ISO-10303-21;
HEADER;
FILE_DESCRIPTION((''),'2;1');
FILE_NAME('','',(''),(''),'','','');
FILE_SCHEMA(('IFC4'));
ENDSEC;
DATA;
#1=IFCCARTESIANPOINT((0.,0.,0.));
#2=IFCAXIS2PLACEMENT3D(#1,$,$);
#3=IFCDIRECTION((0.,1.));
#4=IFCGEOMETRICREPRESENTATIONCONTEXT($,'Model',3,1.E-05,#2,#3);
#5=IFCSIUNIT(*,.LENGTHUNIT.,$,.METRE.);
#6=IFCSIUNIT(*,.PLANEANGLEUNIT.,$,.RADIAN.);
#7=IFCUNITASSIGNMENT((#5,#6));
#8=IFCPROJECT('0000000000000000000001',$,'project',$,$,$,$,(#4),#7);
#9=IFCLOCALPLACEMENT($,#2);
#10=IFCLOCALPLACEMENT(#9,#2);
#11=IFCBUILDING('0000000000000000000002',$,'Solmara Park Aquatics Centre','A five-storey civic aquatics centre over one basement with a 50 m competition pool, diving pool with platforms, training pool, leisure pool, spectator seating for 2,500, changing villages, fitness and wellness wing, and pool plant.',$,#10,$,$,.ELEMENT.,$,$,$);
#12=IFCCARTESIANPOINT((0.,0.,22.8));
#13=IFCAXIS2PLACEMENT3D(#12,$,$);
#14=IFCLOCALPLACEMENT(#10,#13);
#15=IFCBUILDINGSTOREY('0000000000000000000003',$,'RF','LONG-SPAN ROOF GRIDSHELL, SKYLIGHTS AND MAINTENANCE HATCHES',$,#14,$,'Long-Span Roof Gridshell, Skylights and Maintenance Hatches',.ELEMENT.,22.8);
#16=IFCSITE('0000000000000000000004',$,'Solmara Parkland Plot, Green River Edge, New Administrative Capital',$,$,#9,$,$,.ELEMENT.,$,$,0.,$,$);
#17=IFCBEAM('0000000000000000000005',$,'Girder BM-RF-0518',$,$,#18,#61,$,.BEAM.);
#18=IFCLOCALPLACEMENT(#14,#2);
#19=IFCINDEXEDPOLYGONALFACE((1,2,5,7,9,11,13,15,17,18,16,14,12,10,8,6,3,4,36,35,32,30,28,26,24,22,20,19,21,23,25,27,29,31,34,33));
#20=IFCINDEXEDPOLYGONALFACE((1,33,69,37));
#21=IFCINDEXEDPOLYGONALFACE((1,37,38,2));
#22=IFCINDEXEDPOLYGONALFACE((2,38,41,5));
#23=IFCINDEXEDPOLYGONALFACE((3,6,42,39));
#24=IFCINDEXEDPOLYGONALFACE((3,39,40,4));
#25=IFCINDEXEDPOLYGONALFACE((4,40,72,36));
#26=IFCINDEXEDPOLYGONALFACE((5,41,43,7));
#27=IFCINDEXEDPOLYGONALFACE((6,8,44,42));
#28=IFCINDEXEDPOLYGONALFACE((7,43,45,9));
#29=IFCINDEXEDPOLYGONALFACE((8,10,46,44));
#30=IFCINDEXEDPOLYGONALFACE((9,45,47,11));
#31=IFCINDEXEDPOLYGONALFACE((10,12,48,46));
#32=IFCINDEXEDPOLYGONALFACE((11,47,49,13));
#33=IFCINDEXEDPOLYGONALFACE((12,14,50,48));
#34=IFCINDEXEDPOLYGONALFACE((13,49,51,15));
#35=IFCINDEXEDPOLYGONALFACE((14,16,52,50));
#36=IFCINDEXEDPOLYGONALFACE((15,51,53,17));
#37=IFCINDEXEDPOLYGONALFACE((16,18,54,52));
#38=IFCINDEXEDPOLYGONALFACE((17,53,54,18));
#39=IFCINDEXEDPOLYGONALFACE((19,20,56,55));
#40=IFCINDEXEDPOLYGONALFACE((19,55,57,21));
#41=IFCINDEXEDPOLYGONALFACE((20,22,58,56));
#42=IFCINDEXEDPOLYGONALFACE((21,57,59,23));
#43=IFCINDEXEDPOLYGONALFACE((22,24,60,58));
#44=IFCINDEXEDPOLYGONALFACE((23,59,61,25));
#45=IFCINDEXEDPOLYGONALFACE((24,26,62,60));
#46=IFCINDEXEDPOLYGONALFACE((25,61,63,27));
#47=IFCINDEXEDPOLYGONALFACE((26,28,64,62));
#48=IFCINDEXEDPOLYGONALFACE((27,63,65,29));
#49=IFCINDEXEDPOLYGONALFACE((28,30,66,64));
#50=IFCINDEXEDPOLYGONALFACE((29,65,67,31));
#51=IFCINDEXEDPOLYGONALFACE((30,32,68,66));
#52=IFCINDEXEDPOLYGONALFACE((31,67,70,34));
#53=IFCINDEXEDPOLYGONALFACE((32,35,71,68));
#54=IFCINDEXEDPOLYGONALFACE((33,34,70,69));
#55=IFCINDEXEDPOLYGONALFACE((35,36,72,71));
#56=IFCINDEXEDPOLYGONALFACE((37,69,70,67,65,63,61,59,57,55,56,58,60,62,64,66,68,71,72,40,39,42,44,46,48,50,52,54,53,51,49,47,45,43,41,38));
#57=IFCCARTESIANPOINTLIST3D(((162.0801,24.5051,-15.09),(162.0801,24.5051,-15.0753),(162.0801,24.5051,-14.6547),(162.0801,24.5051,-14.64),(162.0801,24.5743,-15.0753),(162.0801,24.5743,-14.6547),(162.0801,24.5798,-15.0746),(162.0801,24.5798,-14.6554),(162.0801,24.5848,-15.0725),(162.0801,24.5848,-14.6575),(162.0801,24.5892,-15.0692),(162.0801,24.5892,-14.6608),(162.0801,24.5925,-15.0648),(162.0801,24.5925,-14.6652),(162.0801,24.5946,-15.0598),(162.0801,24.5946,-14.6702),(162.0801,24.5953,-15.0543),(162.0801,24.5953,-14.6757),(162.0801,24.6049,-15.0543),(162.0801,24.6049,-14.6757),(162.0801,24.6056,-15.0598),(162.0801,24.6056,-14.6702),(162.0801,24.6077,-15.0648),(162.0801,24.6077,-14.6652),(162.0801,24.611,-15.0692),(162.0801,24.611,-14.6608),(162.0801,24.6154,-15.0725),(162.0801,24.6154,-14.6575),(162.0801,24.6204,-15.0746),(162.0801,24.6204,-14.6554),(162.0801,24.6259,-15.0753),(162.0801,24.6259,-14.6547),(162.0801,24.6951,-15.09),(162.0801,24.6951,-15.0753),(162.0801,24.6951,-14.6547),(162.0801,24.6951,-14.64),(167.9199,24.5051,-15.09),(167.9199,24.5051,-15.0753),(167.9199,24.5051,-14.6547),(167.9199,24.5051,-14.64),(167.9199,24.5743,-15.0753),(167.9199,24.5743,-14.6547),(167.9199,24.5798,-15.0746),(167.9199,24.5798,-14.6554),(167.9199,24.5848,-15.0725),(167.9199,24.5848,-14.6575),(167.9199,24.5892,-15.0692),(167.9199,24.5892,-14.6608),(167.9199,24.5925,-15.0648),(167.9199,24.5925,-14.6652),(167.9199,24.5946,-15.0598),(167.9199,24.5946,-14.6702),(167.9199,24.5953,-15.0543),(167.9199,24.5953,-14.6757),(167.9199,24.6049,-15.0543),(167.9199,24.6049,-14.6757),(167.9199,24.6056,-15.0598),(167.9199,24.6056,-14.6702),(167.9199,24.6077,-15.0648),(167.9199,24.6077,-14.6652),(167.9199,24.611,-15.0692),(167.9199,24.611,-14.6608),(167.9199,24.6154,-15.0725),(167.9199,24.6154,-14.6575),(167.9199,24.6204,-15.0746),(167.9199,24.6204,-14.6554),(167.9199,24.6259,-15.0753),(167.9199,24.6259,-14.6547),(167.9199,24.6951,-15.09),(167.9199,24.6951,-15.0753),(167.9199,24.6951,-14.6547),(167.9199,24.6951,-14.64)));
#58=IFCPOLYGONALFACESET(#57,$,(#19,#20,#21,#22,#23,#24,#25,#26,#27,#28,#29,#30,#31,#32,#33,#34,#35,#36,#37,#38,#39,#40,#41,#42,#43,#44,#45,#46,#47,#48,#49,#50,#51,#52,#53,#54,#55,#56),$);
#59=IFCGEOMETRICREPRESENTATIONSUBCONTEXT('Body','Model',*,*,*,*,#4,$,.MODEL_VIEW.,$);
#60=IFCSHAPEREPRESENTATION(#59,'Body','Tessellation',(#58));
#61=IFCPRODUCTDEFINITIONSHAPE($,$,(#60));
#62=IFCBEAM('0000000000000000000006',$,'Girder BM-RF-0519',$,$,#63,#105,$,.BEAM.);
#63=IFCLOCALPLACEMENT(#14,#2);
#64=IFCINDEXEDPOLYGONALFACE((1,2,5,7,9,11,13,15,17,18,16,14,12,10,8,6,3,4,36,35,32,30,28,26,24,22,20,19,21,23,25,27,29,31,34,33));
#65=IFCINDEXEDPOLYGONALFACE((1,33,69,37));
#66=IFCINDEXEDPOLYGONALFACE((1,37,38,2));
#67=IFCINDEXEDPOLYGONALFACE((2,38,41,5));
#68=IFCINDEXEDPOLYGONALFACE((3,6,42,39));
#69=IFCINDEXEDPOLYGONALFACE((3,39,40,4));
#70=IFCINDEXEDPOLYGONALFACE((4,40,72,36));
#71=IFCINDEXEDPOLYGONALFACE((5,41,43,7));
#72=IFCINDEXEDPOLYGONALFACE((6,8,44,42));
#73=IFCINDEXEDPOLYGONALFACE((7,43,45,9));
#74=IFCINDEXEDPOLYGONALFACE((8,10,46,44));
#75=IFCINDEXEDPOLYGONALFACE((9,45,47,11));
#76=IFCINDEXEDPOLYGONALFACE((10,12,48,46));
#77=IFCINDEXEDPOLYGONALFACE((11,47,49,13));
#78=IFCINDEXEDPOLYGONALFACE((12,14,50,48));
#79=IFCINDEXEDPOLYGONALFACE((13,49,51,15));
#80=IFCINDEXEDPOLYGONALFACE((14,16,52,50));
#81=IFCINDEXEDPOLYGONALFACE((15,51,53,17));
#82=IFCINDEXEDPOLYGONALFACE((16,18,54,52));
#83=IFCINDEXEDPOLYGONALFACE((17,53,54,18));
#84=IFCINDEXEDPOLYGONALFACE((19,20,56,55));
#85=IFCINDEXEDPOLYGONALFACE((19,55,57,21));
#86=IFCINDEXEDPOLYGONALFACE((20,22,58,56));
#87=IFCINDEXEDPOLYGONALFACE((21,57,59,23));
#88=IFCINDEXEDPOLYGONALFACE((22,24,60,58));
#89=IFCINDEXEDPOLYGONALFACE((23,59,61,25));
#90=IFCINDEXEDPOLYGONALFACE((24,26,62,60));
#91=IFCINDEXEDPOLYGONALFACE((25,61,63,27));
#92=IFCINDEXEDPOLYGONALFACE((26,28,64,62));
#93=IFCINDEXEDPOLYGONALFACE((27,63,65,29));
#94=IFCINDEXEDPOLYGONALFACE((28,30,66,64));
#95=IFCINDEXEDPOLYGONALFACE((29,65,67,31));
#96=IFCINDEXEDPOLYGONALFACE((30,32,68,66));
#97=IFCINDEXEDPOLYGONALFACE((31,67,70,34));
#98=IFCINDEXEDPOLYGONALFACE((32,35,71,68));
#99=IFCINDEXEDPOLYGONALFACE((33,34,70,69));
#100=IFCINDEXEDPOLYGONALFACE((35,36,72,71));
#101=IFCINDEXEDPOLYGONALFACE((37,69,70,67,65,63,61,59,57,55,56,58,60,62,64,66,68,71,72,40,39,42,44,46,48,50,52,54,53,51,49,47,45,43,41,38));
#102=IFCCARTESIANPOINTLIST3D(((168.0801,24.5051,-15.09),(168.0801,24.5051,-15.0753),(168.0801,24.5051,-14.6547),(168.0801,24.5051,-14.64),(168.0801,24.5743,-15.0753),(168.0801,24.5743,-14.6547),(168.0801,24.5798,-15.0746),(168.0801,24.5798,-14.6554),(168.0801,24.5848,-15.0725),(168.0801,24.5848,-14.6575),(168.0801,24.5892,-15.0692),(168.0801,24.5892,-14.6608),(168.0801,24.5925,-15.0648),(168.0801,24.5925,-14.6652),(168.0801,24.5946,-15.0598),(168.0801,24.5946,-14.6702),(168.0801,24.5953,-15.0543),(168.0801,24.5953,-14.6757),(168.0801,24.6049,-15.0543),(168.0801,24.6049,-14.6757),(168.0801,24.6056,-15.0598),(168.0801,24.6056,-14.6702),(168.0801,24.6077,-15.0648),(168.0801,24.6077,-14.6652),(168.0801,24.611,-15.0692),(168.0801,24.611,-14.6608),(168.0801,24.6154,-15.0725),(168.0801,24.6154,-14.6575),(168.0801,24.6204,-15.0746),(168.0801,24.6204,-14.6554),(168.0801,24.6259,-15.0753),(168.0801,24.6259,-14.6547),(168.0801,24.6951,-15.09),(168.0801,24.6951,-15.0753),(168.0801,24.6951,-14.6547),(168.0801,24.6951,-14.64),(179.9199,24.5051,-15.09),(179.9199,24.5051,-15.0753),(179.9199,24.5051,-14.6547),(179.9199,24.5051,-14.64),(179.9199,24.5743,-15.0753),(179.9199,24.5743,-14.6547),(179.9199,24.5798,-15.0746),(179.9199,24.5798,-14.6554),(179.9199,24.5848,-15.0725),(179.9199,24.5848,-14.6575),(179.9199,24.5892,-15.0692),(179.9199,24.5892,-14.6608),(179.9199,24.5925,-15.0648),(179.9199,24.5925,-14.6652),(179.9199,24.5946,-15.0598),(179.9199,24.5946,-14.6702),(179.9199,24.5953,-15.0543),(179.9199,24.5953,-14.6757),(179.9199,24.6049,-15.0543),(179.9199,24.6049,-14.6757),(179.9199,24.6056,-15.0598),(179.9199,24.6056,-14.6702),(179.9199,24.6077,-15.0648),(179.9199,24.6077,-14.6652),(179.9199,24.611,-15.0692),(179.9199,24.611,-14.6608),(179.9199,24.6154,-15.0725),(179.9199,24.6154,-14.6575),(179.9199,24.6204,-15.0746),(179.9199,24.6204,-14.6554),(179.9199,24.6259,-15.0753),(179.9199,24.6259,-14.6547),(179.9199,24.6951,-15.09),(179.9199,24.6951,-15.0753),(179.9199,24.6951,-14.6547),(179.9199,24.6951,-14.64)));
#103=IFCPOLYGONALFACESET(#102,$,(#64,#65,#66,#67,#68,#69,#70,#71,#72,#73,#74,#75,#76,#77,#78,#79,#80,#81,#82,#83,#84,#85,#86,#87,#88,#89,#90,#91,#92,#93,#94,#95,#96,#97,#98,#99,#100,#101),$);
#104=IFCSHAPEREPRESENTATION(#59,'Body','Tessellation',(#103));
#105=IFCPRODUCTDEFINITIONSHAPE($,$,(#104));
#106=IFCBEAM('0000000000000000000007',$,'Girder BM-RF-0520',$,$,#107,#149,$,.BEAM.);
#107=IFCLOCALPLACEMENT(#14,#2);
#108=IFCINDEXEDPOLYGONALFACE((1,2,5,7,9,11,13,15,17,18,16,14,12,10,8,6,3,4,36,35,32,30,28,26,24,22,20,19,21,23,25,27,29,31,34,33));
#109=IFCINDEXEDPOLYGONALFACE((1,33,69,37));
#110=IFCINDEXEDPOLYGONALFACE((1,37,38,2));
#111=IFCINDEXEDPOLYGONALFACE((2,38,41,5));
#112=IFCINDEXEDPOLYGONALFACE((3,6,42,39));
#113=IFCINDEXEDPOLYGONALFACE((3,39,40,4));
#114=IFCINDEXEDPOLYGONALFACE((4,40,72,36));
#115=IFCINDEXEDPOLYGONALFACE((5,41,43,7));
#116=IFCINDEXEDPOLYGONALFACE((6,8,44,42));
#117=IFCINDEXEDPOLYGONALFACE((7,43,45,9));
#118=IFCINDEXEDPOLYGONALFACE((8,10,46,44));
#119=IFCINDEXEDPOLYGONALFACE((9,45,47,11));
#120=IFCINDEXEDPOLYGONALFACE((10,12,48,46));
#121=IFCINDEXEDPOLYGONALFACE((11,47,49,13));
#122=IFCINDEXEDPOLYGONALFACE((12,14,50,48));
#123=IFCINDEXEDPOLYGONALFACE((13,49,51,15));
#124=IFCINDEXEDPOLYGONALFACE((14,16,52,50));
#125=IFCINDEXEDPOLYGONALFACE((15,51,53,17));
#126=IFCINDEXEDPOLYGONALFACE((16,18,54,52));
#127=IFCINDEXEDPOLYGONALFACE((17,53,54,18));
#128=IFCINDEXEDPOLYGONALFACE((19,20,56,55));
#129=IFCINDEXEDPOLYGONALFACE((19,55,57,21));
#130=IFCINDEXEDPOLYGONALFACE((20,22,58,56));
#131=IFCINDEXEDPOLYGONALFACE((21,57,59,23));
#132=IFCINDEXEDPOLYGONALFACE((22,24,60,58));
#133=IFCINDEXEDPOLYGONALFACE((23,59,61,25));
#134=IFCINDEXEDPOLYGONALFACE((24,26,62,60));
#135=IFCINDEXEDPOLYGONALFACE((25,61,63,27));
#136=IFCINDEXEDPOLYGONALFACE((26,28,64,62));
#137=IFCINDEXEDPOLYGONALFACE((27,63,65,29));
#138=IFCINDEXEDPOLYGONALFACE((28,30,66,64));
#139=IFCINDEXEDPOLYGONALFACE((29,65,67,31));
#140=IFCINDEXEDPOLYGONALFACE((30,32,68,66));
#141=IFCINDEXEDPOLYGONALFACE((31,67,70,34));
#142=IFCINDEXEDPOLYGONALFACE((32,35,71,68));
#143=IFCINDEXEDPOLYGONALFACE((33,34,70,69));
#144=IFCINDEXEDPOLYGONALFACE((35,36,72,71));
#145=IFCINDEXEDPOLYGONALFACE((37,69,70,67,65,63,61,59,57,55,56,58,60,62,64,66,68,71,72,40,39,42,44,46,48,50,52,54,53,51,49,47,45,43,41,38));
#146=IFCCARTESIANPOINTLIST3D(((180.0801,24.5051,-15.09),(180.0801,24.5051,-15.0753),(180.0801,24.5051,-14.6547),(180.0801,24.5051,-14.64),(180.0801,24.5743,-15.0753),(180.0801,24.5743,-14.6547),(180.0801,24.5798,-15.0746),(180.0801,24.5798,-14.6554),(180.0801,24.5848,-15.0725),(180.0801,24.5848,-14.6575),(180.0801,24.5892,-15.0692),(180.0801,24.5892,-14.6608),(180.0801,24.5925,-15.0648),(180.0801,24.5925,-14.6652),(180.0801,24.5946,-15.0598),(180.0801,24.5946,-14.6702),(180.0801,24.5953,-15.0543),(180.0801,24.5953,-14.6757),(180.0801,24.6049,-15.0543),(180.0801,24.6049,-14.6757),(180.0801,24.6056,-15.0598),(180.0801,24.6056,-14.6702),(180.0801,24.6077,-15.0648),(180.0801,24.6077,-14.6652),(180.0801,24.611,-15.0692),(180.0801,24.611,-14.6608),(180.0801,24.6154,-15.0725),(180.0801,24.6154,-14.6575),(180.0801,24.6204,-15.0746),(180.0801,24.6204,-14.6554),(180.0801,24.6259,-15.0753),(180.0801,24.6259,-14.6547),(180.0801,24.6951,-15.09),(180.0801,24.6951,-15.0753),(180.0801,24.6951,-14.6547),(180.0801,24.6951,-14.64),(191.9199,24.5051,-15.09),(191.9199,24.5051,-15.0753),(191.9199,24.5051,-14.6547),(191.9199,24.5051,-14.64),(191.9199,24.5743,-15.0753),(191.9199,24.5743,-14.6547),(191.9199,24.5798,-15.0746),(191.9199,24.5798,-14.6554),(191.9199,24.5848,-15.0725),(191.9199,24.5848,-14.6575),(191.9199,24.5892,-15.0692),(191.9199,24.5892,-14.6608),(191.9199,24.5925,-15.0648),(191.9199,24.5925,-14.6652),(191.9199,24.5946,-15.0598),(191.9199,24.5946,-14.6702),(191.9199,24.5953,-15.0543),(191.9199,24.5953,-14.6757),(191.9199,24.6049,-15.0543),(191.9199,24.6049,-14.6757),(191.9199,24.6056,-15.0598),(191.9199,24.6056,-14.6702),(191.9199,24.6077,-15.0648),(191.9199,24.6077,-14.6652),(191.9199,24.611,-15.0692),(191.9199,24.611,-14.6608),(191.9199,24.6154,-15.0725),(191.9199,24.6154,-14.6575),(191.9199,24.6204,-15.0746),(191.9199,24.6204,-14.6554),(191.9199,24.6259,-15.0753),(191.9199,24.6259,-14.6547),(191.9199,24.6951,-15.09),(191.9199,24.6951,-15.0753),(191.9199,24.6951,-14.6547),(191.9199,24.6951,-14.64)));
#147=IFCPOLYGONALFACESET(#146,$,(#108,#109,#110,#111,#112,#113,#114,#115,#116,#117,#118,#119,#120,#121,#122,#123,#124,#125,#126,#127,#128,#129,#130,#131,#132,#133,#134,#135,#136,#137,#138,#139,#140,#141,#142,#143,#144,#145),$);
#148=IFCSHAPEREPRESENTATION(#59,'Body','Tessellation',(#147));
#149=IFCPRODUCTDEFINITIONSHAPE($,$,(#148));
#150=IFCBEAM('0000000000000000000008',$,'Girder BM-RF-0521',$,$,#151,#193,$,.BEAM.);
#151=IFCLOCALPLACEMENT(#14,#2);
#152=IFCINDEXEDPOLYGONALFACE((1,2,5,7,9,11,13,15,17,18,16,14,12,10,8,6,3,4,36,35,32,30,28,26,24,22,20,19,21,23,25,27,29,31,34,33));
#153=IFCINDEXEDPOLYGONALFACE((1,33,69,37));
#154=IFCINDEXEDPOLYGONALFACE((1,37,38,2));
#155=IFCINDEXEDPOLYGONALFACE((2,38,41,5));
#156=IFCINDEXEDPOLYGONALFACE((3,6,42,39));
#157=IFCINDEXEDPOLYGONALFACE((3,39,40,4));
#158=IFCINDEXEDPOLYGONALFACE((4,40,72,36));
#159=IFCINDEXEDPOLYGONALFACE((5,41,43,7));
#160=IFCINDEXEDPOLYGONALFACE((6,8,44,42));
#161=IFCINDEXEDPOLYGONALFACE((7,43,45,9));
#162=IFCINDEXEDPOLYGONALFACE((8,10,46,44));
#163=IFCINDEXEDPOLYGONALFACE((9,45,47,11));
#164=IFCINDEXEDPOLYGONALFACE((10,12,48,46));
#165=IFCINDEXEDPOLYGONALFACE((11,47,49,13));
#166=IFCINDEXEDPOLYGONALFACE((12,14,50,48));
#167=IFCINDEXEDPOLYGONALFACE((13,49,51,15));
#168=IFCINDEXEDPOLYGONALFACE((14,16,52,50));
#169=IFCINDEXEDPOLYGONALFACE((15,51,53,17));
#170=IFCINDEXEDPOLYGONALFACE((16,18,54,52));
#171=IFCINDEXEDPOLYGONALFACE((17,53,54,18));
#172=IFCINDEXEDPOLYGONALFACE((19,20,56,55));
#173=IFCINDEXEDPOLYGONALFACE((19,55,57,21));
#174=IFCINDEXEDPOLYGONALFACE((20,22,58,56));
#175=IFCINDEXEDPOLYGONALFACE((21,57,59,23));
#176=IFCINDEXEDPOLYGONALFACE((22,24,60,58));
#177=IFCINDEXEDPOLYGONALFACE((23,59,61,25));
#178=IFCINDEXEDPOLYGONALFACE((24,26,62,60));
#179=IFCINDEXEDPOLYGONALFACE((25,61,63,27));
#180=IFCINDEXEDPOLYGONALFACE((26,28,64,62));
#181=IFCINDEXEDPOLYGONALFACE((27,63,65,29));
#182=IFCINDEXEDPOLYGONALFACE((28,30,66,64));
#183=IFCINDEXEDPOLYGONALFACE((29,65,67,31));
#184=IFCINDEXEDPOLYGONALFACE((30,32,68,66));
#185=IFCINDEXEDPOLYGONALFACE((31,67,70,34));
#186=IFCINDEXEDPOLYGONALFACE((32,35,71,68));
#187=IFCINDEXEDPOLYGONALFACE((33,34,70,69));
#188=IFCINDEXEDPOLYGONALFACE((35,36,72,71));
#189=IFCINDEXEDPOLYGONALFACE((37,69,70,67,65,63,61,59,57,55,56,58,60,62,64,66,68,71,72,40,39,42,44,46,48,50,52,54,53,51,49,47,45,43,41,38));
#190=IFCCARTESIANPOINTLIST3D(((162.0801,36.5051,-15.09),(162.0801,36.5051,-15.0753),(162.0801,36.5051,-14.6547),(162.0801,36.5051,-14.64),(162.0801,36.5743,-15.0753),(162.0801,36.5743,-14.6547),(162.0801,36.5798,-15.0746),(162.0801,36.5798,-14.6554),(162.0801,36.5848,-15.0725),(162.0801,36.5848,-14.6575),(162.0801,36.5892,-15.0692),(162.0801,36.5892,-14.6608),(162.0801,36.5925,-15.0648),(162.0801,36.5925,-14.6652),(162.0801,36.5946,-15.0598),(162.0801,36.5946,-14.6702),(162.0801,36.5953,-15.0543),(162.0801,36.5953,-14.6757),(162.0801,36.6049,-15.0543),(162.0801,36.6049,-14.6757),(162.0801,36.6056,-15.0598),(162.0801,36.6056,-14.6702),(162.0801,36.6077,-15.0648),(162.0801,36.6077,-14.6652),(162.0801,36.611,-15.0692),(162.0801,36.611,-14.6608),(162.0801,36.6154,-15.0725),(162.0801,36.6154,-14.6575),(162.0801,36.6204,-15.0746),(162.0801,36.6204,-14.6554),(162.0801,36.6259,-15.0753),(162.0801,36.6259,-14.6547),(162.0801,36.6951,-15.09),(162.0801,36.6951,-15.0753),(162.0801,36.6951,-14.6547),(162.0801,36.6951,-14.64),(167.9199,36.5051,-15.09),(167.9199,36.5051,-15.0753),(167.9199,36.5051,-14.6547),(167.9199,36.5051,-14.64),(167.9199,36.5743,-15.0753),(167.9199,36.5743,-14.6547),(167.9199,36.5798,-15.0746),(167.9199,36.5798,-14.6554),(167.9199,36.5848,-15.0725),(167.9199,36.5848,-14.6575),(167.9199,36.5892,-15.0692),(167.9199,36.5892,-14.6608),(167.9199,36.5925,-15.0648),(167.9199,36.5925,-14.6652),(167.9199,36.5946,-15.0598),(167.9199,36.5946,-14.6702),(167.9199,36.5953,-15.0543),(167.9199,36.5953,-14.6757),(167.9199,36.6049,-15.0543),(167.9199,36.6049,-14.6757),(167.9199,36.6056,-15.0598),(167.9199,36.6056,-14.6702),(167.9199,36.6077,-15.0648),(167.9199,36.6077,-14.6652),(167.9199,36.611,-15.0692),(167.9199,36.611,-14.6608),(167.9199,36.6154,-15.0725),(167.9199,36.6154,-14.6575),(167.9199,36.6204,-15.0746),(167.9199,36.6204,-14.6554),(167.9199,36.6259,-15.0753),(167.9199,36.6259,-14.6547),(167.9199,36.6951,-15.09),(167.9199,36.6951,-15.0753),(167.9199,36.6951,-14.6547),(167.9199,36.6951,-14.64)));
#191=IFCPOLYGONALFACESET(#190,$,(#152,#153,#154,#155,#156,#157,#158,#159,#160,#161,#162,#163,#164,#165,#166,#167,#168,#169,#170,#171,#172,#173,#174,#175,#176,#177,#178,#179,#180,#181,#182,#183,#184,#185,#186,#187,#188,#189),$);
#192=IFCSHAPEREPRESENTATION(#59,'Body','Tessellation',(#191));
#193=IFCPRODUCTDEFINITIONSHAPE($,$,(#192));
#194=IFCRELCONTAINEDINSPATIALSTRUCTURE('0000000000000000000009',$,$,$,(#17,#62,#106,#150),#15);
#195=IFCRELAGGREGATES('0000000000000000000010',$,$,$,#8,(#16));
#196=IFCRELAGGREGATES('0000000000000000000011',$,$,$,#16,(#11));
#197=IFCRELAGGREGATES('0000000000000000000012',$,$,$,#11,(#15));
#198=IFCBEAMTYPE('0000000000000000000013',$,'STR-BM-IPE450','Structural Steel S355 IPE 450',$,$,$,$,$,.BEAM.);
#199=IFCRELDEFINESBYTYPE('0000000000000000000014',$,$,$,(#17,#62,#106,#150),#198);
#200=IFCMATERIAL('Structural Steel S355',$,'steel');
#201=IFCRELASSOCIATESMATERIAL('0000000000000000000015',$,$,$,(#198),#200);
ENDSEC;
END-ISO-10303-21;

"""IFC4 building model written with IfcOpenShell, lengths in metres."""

from ifc_helpers import new_model, si_unit, direction, frame, origin, origin_2d, place, context, subcontext, project, spatial, i_section, extrude, material, material_profile, profile_set, type_object, element, save


model = new_model("IFC4")

# Units and contexts
model_context = context("Model", 3, precision=1e-05, world=origin(), true_north=direction((0.0, 1.0)))
body_context = subcontext(model_context, "Body", "Model", "MODEL_VIEW")
ifc_project = project(units=[si_unit("LENGTHUNIT", "METRE"), si_unit("PLANEANGLEUNIT", "RADIAN")], contexts=[model_context])

# Site, building, storey
site_placement = place(None, origin())
site = spatial("IfcSite", under=ifc_project, at=site_placement, Name="Solmara Parkland Plot, Green River Edge, New Administrative Capital", CompositionType="ELEMENT", RefElevation=0.0)
building_placement = place(site_placement, origin())
building = spatial("IfcBuilding", under=site, at=building_placement, Name="Solmara Park Aquatics Centre", Description="A five-storey civic aquatics centre over one basement with a 50 m competition pool, diving pool with platforms, training pool, leisure pool, spectator seating for 2,500, changing villages, fitness and wellness wing, and pool plant.", CompositionType="ELEMENT")
storey_placement = place(building_placement, frame((0.0, 0.0, 22.8)))
storey = spatial("IfcBuildingStorey", under=building, at=storey_placement, Name="RF", Description="LONG-SPAN ROOF GRIDSHELL, SKYLIGHTS AND MAINTENANCE HATCHES", LongName="Long-Span Roof Gridshell, Skylights and Maintenance Hatches", CompositionType="ELEMENT", Elevation=22.8)

# Beams
ifc_material = material(Name="Structural Steel S355", Category="steel")
ifc_material_profile_1 = material_profile(ifc_material, i_section(OverallWidth=0.1899, OverallDepth=0.45, WebThickness=0.0095, FlangeThickness=0.0146, FilletRadius=0.021, at=origin_2d()), Name="IPE 450")
ifc_profile_set_1 = profile_set([ifc_material_profile_1], Name="Structural Steel S355")
beam_type_1 = type_object("IfcBeamType", Name="STR-BM-IPE450", Description="Structural Steel S355 IPE 450", PredefinedType="BEAM", material=ifc_profile_set_1)
beam_1_placement = place(storey_placement, frame((162.0801, 24.6001, -14.865), z_axis=(1.0, 0.0, 0.0), x_axis=(0.0, 1.0, 0.0)))
element("IfcBeam", 1, at=beam_1_placement, inside=storey, type_object=beam_type_1, Name="Girder BM-RF-0518", PredefinedType="BEAM", context=body_context, shape_type="SweptSolid", body=[
    extrude(i_section(OverallWidth=0.1899, OverallDepth=0.45, WebThickness=0.0095, FlangeThickness=0.0146, FilletRadius=0.021, at=origin_2d()), origin(), (0.0, 0.0, 1.0), 5.8398),
])
for number, where, z_axis, x_axis, name in (
    (2, (168.0801, 24.6001, -14.865), (1.0, 0.0, 0.0), (0.0, 1.0, 0.0), "Girder BM-RF-0519"),
    (3, (180.0801, 24.6001, -14.865), (1.0, 0.0, 0.0), (0.0, 1.0, 0.0), "Girder BM-RF-0520"),
):
    element("IfcBeam", number, at=place(storey_placement, frame(where, z_axis=z_axis, x_axis=x_axis)), inside=storey, type_object=beam_type_1, Name=name, PredefinedType="BEAM", context=body_context, shape_type="SweptSolid", body=[
        extrude(i_section(OverallWidth=0.1899, OverallDepth=0.45, WebThickness=0.0095, FlangeThickness=0.0146, FilletRadius=0.021, at=origin_2d()), origin(), (0.0, 0.0, 1.0), 11.8398),
    ])
beam_2_placement = place(storey_placement, frame((162.0801, 36.6001, -14.865), z_axis=(1.0, 0.0, 0.0), x_axis=(0.0, 1.0, 0.0)))
element("IfcBeam", 4, at=beam_2_placement, inside=storey, type_object=beam_type_1, Name="Girder BM-RF-0521", PredefinedType="BEAM", context=body_context, shape_type="SweptSolid", body=[
    extrude(i_section(OverallWidth=0.1899, OverallDepth=0.45, WebThickness=0.0095, FlangeThickness=0.0146, FilletRadius=0.021, at=origin_2d()), origin(), (0.0, 0.0, 1.0), 5.8398),
])

save(model, "model.ifc")
